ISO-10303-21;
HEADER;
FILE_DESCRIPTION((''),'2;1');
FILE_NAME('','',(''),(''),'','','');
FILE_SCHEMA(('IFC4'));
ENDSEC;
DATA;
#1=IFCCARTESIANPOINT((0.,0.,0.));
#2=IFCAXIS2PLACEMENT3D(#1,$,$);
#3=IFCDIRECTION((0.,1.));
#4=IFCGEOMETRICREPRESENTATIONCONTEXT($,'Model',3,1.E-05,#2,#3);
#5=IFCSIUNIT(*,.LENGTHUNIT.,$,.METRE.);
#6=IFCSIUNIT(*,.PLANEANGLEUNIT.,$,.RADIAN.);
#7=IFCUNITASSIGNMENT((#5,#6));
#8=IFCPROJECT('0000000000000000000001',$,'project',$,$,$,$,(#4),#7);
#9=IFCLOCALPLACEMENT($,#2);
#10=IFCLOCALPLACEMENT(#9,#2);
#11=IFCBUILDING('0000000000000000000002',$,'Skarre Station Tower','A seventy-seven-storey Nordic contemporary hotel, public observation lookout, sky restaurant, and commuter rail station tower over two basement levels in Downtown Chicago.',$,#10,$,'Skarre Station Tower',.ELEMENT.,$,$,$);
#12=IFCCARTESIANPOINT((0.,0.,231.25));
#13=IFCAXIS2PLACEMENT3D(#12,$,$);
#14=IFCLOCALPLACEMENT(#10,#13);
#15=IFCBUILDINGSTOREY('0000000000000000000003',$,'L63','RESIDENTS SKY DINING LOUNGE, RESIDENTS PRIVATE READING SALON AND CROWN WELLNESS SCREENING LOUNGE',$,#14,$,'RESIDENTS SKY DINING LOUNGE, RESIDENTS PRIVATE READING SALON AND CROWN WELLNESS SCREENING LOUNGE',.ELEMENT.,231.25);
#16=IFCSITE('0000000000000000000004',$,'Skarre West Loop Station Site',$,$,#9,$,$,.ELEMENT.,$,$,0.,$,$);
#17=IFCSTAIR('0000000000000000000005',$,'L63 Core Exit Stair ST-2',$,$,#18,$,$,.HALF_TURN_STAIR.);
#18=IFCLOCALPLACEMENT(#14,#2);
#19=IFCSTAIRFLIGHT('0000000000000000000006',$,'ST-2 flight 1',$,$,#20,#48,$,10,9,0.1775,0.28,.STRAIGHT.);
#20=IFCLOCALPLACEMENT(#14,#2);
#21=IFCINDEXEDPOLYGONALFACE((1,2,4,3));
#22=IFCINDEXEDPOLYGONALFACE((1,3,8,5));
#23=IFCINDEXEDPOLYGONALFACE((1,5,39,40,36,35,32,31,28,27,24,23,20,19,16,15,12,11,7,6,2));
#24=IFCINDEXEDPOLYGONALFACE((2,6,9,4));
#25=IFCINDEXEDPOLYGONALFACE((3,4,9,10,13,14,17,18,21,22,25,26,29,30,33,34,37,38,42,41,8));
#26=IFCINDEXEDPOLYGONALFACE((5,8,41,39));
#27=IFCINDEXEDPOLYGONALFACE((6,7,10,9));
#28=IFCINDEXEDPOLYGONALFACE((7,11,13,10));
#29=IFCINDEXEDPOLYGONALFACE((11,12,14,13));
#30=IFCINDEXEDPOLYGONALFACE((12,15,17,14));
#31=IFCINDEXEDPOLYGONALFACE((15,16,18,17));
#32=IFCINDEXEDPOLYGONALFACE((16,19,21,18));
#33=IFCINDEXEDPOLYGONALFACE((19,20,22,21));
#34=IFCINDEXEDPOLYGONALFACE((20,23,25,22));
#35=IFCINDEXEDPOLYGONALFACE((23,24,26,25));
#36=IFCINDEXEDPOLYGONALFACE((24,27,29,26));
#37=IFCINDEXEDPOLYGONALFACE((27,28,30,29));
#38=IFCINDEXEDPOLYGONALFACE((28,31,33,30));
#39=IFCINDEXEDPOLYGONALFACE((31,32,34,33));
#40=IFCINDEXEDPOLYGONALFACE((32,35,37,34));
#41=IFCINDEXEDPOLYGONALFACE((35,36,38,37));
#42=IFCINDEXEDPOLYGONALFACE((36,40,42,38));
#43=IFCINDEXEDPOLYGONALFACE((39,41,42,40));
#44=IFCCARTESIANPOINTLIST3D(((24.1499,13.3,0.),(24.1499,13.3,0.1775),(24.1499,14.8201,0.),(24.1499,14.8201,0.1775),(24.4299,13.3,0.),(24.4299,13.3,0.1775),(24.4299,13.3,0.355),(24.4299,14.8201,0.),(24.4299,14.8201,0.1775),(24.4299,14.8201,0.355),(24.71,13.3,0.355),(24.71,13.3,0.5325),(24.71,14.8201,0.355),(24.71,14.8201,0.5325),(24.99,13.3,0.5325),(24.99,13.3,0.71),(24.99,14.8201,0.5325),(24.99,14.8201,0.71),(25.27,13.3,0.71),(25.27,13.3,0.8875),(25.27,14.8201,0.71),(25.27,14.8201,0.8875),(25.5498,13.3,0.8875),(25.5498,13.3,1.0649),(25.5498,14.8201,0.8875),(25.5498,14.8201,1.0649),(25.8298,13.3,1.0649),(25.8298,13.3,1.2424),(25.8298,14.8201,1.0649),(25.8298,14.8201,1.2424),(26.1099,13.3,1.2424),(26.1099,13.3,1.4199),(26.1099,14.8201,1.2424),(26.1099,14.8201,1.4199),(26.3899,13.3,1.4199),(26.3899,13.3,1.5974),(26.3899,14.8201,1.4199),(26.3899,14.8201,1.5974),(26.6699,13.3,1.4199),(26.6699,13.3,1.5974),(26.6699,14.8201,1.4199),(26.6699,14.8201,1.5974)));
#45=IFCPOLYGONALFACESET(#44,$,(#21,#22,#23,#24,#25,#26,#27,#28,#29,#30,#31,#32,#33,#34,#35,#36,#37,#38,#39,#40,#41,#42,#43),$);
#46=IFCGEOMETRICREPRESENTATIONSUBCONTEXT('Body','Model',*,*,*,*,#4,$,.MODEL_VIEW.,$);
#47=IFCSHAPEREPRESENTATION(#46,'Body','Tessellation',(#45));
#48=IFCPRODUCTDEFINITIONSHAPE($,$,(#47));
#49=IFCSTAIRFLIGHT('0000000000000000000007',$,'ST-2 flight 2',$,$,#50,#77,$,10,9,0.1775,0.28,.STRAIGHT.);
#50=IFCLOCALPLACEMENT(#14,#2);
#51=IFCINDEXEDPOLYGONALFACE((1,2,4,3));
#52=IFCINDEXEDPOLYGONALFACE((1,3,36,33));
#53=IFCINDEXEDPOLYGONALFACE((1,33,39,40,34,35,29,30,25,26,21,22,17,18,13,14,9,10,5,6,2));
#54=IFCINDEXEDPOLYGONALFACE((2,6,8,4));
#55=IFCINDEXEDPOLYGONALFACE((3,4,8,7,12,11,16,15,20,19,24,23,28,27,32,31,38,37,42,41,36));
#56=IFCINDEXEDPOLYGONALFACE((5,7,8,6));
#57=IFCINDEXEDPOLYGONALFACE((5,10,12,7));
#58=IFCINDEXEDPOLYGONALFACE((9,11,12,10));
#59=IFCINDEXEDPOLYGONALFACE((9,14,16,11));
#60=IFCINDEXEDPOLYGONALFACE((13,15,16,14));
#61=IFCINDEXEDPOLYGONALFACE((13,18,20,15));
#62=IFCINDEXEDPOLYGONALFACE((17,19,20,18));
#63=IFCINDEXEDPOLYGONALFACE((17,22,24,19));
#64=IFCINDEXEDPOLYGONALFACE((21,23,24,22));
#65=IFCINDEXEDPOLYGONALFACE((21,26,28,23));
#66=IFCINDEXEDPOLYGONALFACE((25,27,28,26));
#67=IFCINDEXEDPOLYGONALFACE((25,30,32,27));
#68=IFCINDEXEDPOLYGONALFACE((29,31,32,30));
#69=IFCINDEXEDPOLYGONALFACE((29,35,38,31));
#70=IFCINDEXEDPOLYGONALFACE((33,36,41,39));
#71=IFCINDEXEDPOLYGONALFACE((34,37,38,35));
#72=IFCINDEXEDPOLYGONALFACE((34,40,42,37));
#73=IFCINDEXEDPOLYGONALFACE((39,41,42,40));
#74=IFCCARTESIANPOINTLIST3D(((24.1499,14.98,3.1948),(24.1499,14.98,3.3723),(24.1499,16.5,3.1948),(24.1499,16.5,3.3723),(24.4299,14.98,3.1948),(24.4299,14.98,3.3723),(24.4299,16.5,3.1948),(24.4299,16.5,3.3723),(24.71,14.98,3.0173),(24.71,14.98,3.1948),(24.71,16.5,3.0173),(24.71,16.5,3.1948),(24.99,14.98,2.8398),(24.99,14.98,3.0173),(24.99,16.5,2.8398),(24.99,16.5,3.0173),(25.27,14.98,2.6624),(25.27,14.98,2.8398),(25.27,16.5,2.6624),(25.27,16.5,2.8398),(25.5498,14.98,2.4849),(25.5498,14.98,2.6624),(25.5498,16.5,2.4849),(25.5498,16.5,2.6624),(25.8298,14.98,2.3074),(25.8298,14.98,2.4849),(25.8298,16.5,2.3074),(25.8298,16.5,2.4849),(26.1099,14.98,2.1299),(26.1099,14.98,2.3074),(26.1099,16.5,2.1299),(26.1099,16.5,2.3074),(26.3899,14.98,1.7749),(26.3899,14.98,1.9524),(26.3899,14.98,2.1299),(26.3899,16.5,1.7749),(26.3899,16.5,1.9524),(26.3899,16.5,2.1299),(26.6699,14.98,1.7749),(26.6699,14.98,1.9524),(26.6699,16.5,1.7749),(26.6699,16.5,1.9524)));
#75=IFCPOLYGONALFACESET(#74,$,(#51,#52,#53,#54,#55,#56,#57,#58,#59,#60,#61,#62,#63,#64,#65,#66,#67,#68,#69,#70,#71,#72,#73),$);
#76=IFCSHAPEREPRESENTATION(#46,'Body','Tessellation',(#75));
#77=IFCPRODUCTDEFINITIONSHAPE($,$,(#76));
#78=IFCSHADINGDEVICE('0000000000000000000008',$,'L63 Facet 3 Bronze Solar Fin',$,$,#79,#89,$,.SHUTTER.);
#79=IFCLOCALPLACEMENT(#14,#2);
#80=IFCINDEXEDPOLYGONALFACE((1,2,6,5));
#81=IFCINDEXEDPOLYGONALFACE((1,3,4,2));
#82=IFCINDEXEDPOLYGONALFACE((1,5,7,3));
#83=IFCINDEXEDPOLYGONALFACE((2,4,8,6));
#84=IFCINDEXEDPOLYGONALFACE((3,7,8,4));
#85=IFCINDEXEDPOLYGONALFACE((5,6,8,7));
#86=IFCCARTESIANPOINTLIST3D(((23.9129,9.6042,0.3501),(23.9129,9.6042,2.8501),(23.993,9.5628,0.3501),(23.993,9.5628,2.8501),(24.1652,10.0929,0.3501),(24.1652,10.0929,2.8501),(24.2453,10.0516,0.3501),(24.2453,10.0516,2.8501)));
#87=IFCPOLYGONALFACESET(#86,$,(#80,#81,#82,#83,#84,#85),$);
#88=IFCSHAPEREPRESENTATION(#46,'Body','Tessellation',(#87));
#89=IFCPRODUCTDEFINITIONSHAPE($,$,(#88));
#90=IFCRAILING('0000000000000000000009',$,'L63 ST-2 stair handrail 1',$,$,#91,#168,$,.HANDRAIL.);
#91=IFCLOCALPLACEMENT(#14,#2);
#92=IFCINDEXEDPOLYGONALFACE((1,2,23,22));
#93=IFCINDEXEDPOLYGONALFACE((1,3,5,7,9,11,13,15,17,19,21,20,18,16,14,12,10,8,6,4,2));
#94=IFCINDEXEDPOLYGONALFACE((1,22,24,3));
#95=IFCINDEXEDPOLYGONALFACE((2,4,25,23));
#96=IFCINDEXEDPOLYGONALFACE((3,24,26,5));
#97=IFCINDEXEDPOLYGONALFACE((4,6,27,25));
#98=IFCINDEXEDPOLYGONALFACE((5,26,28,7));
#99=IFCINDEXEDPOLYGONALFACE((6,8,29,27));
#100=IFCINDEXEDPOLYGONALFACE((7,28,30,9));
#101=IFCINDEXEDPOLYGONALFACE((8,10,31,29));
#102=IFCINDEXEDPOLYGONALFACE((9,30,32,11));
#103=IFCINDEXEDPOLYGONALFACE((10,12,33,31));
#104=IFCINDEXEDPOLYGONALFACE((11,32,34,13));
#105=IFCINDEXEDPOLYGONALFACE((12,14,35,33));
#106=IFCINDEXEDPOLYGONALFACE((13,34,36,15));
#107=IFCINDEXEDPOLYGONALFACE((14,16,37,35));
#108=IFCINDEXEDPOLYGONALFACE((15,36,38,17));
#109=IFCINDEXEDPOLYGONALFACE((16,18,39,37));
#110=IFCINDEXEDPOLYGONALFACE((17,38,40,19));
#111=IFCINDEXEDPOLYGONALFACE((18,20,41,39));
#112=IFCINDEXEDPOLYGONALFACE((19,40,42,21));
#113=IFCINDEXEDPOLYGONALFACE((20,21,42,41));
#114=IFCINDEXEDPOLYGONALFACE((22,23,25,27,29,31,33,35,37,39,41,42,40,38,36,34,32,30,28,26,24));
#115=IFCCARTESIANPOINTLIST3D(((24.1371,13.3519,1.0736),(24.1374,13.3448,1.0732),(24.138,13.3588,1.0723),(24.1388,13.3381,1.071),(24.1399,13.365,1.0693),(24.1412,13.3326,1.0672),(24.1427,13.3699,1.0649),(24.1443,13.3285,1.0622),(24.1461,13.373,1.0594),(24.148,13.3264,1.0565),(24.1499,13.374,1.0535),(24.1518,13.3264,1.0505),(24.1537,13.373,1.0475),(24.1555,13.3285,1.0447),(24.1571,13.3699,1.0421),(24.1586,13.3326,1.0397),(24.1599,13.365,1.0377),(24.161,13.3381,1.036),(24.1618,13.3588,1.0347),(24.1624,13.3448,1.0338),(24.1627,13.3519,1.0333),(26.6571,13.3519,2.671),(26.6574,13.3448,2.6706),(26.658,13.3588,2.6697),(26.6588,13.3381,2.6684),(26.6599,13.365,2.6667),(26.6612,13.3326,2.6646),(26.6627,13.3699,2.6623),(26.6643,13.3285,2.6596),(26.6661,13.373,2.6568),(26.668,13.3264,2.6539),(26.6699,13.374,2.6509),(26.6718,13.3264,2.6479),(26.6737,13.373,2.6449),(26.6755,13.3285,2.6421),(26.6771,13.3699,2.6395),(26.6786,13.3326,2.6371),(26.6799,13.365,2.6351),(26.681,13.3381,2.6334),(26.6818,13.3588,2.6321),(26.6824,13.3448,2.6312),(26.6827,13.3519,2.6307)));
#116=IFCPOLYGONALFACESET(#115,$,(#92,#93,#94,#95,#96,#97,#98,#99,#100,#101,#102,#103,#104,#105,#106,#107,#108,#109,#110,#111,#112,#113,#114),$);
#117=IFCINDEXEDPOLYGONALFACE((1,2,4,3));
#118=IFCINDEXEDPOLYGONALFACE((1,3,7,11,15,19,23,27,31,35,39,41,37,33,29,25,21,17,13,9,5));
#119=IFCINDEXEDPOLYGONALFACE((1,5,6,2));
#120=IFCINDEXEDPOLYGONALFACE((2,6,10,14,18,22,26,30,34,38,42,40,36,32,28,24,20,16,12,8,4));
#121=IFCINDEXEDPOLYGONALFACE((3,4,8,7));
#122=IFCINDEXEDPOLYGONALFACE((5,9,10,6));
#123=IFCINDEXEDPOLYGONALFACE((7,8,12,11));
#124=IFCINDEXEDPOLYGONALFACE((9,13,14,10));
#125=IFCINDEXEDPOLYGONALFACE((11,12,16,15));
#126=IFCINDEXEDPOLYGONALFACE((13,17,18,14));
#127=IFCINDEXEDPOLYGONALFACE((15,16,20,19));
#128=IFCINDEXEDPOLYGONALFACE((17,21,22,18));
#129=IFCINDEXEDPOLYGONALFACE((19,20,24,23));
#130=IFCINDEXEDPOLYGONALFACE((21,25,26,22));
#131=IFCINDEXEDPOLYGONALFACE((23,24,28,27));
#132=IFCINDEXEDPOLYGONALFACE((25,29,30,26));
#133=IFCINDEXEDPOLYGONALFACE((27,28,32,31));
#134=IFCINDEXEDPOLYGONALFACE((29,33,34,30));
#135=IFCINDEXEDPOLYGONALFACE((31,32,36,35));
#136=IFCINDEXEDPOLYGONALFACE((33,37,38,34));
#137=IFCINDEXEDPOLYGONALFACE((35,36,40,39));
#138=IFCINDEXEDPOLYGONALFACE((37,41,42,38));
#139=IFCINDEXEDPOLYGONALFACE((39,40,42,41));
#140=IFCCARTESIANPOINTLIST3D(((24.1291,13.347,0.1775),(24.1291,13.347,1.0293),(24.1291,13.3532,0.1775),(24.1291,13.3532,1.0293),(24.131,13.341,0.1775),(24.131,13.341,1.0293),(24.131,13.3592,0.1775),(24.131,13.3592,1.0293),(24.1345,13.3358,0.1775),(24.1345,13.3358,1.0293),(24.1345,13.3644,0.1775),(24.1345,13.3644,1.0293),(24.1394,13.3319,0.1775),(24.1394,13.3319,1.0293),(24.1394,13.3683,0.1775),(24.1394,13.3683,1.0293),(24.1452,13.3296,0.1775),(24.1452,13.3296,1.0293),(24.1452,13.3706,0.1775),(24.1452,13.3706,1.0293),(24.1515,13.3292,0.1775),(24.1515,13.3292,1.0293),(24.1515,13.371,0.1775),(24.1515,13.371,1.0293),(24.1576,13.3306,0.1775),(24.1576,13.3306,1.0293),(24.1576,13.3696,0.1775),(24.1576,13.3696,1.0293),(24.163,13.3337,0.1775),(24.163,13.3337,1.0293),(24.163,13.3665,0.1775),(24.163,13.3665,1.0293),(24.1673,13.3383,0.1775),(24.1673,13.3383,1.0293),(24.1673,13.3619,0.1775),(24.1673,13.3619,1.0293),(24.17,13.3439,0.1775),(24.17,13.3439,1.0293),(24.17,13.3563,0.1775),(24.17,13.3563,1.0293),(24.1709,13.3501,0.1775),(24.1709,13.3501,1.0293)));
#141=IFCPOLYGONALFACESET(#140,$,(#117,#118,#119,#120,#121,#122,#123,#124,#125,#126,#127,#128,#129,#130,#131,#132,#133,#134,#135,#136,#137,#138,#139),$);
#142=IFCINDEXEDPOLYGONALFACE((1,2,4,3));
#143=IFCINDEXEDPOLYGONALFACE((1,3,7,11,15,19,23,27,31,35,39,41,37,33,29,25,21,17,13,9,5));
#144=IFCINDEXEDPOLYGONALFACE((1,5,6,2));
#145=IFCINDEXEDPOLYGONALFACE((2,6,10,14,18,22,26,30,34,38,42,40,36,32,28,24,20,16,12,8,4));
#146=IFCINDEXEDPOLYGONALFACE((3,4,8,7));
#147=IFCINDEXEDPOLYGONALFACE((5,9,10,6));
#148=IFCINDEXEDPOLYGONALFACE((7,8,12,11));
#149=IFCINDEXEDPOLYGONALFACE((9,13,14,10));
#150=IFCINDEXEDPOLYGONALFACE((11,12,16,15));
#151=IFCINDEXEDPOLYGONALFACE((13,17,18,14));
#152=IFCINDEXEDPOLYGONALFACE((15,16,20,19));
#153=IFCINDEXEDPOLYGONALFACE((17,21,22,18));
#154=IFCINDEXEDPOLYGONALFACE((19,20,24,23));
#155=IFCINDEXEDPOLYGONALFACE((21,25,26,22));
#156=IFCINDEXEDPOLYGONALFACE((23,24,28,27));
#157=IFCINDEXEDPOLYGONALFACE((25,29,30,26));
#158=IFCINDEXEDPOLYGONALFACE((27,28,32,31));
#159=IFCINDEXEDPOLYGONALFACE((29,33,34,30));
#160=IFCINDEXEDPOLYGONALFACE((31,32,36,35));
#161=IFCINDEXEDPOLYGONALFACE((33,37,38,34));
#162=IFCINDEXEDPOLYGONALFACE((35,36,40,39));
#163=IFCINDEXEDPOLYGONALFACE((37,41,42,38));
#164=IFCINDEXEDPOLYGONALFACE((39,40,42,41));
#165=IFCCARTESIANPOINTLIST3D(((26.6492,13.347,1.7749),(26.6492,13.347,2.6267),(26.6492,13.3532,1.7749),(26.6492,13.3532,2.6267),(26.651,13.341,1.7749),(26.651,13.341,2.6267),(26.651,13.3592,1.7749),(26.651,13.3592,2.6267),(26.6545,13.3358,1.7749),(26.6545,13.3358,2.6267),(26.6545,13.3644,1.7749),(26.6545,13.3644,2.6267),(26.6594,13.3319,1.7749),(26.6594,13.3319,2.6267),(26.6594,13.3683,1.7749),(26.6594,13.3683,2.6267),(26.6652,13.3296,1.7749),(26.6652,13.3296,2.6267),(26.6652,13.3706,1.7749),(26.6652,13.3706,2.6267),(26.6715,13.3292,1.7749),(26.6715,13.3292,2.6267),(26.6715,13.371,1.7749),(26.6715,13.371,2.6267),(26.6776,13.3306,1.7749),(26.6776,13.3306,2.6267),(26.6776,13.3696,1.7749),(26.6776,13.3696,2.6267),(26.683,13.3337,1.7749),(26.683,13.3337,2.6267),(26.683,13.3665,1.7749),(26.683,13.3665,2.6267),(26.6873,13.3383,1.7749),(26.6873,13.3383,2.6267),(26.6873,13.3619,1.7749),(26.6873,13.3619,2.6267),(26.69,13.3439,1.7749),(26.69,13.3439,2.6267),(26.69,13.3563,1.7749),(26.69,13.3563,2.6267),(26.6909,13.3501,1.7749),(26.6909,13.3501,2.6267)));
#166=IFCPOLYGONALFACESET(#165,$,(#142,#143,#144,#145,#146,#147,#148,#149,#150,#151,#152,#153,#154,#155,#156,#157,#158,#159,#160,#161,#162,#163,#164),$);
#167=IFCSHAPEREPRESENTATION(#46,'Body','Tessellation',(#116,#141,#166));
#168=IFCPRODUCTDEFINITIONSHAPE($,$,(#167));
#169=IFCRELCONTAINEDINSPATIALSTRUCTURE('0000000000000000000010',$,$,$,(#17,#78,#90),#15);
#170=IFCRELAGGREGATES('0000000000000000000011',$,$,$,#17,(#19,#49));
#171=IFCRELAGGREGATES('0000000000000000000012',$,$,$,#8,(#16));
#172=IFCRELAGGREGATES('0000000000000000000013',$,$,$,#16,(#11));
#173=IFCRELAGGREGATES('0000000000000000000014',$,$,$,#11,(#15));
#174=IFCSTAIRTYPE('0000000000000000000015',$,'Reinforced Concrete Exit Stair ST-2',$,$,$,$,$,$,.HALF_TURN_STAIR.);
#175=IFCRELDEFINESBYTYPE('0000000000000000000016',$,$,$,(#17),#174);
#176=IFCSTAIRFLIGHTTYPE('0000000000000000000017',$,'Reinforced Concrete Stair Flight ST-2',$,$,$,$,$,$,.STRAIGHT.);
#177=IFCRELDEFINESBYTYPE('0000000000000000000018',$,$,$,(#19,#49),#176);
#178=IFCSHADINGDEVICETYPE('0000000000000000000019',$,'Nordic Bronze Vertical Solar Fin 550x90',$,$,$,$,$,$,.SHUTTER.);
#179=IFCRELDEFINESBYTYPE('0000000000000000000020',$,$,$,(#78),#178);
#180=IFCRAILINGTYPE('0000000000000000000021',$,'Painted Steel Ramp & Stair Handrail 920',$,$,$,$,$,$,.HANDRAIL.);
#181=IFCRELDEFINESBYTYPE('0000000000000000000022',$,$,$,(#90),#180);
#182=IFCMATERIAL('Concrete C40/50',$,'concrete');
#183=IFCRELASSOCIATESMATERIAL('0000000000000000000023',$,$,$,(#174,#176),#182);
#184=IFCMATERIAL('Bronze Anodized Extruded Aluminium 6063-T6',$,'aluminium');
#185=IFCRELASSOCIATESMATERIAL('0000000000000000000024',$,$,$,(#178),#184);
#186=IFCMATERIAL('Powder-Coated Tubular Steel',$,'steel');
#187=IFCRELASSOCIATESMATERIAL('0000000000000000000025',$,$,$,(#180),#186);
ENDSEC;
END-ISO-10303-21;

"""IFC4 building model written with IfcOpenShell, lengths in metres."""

from ifc_helpers import new_model, si_unit, direction, frame, origin, origin_2d, place, context, subcontext, project, spatial, polyline, rectangle, circle, outline, extrude, material, type_object, element, aggregate, save


model = new_model("IFC4")

# Units and contexts
model_context = context("Model", 3, precision=1e-05, world=origin(), true_north=direction((0.0, 1.0)))
body_context = subcontext(model_context, "Body", "Model", "MODEL_VIEW")
ifc_project = project(units=[si_unit("LENGTHUNIT", "METRE"), si_unit("PLANEANGLEUNIT", "RADIAN")], contexts=[model_context])

# Site, building, storey
site_placement = place(None, origin())
site = spatial("IfcSite", under=ifc_project, at=site_placement, Name="Skarre West Loop Station Site", CompositionType="ELEMENT", RefElevation=0.0)
building_placement = place(site_placement, origin())
building = spatial("IfcBuilding", under=site, at=building_placement, Name="Skarre Station Tower", Description="A seventy-seven-storey Nordic contemporary hotel, public observation lookout, sky restaurant, and commuter rail station tower over two basement levels in Downtown Chicago.", LongName="Skarre Station Tower", CompositionType="ELEMENT")
storey_placement = place(building_placement, frame((0.0, 0.0, 231.25)))
storey = spatial("IfcBuildingStorey", under=building, at=storey_placement, Name="L63", Description="RESIDENTS SKY DINING LOUNGE, RESIDENTS PRIVATE READING SALON AND CROWN WELLNESS SCREENING LOUNGE", LongName="RESIDENTS SKY DINING LOUNGE, RESIDENTS PRIVATE READING SALON AND CROWN WELLNESS SCREENING LOUNGE", CompositionType="ELEMENT", Elevation=231.25)

# Stair, stair flights
ifc_material_1 = material(Name="Concrete C40/50", Category="concrete")
stair_type = type_object("IfcStairType", Name="Reinforced Concrete Exit Stair ST-2", PredefinedType="HALF_TURN_STAIR", material=ifc_material_1)
stair_placement = place(storey_placement, origin())
stair = element("IfcStair", 1, at=stair_placement, inside=storey, type_object=stair_type, Name="L63 Core Exit Stair ST-2", PredefinedType="HALF_TURN_STAIR")
stair_flight_type = type_object("IfcStairFlightType", Name="Reinforced Concrete Stair Flight ST-2", PredefinedType="STRAIGHT", material=ifc_material_1)
stair_flight_1_placement = place(storey_placement, frame((24.1499, 14.0601, 0.0), z_axis=(0.0, 0.0, 1.0), x_axis=(1.0, 0.0, 0.0)))
stair_flight_1 = element("IfcStairFlight", 2, at=stair_flight_1_placement, type_object=stair_flight_type, Name="ST-2 flight 1", NumberOfRisers=10, NumberOfTreads=9, PredefinedType="STRAIGHT", RiserHeight=0.1775, TreadLength=0.28, context=body_context, shape_type="SweptSolid", body=[
    extrude(outline(polyline([(0.0, 0.0), (0.0, 0.1775), (0.28, 0.1775), (0.28, 0.355), (0.5601, 0.355), (0.5601, 0.5325), (0.8401, 0.5325), (0.8401, 0.71), (1.1201, 0.71), (1.1201, 0.8875), (1.3999, 0.8875), (1.3999, 1.0649), (1.6799, 1.0649), (1.6799, 1.2424), (1.96, 1.2424), (1.96, 1.4199), (2.24, 1.4199), (2.24, 1.5974), (2.52, 1.5974), (2.52, 1.7749), (2.52, 1.4199), (0.28, 0.0), (0.0, 0.0)])), frame((0.0, 0.76, 0.0), z_axis=(0.0, -1.0, 0.0), x_axis=(1.0, 0.0, 0.0)), (0.0, 0.0, 1.0), 1.52),
])
stair_flight_2_placement = place(storey_placement, frame((26.6699, 15.74, 1.7749), z_axis=(0.0, 0.0, 1.0), x_axis=(-1.0, 0.0, 0.0)))
stair_flight_2 = element("IfcStairFlight", 3, at=stair_flight_2_placement, type_object=stair_flight_type, Name="ST-2 flight 2", NumberOfRisers=10, NumberOfTreads=9, PredefinedType="STRAIGHT", RiserHeight=0.1775, TreadLength=0.28, context=body_context, shape_type="SweptSolid", body=[
    extrude(outline(polyline([(0.0, 0.0), (0.0, 0.1775), (0.28, 0.1775), (0.28, 0.355), (0.5601, 0.355), (0.5601, 0.5325), (0.8401, 0.5325), (0.8401, 0.71), (1.1201, 0.71), (1.1201, 0.8875), (1.3999, 0.8875), (1.3999, 1.0649), (1.6799, 1.0649), (1.6799, 1.2424), (1.96, 1.2424), (1.96, 1.4199), (2.24, 1.4199), (2.24, 1.5974), (2.52, 1.5974), (2.52, 1.7749), (2.52, 1.4199), (0.28, 0.0), (0.0, 0.0)])), frame((0.0, 0.76, 0.0), z_axis=(0.0, -1.0, 0.0), x_axis=(1.0, 0.0, 0.0)), (0.0, 0.0, 1.0), 1.52),
])
aggregate(stair, [stair_flight_1, stair_flight_2])

# Shading device
ifc_material_2 = material(Name="Bronze Anodized Extruded Aluminium 6063-T6", Category="aluminium")
shading_device_type = type_object("IfcShadingDeviceType", Name="Nordic Bronze Vertical Solar Fin 550x90", PredefinedType="SHUTTER", material=ifc_material_2)
shading_device_placement = place(storey_placement, frame((24.0791, 9.8279, 0.3501), z_axis=(0.0, 0.0, 1.0), x_axis=(-0.458712, -0.888585, 0.0)))
element("IfcShadingDevice", 4, at=shading_device_placement, inside=storey, type_object=shading_device_type, Name="L63 Facet 3 Bronze Solar Fin", PredefinedType="SHUTTER", context=body_context, shape_type="SweptSolid", body=[
    extrude(rectangle(XDim=0.55, YDim=0.0901, at=origin_2d()), origin(), (0.0, 0.0, 1.0), 2.5),
])

# Railing
ifc_material_3 = material(Name="Powder-Coated Tubular Steel", Category="steel")
railing_type_1 = type_object("IfcRailingType", Name="Painted Steel Ramp & Stair Handrail 920", PredefinedType="HANDRAIL", material=ifc_material_3)
railing_1_placement = place(storey_placement, frame((24.1499, 13.3501, 0.1775)))
element("IfcRailing", 5, at=railing_1_placement, inside=storey, type_object=railing_type_1, Name="L63 ST-2 stair handrail 1", PredefinedType="HANDRAIL", context=body_context, shape_type="SweptSolid", body=[
    extrude(circle(Radius=0.0239, at=origin_2d()), frame((0.0, 0.0, 0.876), z_axis=(0.844607, 0.0, 0.535387), x_axis=(0.0, 1.0, 0.0)), (0.0, 0.0, 1.0), 2.9836),
    extrude(circle(Radius=0.021, at=origin_2d()), origin(), (0.0, 0.0, 1.0), 0.8518),
    extrude(circle(Radius=0.021, at=origin_2d()), frame((2.52, 0.0, 1.5974)), (0.0, 0.0, 1.0), 0.8518),
])

save(model, "model.ifc")
